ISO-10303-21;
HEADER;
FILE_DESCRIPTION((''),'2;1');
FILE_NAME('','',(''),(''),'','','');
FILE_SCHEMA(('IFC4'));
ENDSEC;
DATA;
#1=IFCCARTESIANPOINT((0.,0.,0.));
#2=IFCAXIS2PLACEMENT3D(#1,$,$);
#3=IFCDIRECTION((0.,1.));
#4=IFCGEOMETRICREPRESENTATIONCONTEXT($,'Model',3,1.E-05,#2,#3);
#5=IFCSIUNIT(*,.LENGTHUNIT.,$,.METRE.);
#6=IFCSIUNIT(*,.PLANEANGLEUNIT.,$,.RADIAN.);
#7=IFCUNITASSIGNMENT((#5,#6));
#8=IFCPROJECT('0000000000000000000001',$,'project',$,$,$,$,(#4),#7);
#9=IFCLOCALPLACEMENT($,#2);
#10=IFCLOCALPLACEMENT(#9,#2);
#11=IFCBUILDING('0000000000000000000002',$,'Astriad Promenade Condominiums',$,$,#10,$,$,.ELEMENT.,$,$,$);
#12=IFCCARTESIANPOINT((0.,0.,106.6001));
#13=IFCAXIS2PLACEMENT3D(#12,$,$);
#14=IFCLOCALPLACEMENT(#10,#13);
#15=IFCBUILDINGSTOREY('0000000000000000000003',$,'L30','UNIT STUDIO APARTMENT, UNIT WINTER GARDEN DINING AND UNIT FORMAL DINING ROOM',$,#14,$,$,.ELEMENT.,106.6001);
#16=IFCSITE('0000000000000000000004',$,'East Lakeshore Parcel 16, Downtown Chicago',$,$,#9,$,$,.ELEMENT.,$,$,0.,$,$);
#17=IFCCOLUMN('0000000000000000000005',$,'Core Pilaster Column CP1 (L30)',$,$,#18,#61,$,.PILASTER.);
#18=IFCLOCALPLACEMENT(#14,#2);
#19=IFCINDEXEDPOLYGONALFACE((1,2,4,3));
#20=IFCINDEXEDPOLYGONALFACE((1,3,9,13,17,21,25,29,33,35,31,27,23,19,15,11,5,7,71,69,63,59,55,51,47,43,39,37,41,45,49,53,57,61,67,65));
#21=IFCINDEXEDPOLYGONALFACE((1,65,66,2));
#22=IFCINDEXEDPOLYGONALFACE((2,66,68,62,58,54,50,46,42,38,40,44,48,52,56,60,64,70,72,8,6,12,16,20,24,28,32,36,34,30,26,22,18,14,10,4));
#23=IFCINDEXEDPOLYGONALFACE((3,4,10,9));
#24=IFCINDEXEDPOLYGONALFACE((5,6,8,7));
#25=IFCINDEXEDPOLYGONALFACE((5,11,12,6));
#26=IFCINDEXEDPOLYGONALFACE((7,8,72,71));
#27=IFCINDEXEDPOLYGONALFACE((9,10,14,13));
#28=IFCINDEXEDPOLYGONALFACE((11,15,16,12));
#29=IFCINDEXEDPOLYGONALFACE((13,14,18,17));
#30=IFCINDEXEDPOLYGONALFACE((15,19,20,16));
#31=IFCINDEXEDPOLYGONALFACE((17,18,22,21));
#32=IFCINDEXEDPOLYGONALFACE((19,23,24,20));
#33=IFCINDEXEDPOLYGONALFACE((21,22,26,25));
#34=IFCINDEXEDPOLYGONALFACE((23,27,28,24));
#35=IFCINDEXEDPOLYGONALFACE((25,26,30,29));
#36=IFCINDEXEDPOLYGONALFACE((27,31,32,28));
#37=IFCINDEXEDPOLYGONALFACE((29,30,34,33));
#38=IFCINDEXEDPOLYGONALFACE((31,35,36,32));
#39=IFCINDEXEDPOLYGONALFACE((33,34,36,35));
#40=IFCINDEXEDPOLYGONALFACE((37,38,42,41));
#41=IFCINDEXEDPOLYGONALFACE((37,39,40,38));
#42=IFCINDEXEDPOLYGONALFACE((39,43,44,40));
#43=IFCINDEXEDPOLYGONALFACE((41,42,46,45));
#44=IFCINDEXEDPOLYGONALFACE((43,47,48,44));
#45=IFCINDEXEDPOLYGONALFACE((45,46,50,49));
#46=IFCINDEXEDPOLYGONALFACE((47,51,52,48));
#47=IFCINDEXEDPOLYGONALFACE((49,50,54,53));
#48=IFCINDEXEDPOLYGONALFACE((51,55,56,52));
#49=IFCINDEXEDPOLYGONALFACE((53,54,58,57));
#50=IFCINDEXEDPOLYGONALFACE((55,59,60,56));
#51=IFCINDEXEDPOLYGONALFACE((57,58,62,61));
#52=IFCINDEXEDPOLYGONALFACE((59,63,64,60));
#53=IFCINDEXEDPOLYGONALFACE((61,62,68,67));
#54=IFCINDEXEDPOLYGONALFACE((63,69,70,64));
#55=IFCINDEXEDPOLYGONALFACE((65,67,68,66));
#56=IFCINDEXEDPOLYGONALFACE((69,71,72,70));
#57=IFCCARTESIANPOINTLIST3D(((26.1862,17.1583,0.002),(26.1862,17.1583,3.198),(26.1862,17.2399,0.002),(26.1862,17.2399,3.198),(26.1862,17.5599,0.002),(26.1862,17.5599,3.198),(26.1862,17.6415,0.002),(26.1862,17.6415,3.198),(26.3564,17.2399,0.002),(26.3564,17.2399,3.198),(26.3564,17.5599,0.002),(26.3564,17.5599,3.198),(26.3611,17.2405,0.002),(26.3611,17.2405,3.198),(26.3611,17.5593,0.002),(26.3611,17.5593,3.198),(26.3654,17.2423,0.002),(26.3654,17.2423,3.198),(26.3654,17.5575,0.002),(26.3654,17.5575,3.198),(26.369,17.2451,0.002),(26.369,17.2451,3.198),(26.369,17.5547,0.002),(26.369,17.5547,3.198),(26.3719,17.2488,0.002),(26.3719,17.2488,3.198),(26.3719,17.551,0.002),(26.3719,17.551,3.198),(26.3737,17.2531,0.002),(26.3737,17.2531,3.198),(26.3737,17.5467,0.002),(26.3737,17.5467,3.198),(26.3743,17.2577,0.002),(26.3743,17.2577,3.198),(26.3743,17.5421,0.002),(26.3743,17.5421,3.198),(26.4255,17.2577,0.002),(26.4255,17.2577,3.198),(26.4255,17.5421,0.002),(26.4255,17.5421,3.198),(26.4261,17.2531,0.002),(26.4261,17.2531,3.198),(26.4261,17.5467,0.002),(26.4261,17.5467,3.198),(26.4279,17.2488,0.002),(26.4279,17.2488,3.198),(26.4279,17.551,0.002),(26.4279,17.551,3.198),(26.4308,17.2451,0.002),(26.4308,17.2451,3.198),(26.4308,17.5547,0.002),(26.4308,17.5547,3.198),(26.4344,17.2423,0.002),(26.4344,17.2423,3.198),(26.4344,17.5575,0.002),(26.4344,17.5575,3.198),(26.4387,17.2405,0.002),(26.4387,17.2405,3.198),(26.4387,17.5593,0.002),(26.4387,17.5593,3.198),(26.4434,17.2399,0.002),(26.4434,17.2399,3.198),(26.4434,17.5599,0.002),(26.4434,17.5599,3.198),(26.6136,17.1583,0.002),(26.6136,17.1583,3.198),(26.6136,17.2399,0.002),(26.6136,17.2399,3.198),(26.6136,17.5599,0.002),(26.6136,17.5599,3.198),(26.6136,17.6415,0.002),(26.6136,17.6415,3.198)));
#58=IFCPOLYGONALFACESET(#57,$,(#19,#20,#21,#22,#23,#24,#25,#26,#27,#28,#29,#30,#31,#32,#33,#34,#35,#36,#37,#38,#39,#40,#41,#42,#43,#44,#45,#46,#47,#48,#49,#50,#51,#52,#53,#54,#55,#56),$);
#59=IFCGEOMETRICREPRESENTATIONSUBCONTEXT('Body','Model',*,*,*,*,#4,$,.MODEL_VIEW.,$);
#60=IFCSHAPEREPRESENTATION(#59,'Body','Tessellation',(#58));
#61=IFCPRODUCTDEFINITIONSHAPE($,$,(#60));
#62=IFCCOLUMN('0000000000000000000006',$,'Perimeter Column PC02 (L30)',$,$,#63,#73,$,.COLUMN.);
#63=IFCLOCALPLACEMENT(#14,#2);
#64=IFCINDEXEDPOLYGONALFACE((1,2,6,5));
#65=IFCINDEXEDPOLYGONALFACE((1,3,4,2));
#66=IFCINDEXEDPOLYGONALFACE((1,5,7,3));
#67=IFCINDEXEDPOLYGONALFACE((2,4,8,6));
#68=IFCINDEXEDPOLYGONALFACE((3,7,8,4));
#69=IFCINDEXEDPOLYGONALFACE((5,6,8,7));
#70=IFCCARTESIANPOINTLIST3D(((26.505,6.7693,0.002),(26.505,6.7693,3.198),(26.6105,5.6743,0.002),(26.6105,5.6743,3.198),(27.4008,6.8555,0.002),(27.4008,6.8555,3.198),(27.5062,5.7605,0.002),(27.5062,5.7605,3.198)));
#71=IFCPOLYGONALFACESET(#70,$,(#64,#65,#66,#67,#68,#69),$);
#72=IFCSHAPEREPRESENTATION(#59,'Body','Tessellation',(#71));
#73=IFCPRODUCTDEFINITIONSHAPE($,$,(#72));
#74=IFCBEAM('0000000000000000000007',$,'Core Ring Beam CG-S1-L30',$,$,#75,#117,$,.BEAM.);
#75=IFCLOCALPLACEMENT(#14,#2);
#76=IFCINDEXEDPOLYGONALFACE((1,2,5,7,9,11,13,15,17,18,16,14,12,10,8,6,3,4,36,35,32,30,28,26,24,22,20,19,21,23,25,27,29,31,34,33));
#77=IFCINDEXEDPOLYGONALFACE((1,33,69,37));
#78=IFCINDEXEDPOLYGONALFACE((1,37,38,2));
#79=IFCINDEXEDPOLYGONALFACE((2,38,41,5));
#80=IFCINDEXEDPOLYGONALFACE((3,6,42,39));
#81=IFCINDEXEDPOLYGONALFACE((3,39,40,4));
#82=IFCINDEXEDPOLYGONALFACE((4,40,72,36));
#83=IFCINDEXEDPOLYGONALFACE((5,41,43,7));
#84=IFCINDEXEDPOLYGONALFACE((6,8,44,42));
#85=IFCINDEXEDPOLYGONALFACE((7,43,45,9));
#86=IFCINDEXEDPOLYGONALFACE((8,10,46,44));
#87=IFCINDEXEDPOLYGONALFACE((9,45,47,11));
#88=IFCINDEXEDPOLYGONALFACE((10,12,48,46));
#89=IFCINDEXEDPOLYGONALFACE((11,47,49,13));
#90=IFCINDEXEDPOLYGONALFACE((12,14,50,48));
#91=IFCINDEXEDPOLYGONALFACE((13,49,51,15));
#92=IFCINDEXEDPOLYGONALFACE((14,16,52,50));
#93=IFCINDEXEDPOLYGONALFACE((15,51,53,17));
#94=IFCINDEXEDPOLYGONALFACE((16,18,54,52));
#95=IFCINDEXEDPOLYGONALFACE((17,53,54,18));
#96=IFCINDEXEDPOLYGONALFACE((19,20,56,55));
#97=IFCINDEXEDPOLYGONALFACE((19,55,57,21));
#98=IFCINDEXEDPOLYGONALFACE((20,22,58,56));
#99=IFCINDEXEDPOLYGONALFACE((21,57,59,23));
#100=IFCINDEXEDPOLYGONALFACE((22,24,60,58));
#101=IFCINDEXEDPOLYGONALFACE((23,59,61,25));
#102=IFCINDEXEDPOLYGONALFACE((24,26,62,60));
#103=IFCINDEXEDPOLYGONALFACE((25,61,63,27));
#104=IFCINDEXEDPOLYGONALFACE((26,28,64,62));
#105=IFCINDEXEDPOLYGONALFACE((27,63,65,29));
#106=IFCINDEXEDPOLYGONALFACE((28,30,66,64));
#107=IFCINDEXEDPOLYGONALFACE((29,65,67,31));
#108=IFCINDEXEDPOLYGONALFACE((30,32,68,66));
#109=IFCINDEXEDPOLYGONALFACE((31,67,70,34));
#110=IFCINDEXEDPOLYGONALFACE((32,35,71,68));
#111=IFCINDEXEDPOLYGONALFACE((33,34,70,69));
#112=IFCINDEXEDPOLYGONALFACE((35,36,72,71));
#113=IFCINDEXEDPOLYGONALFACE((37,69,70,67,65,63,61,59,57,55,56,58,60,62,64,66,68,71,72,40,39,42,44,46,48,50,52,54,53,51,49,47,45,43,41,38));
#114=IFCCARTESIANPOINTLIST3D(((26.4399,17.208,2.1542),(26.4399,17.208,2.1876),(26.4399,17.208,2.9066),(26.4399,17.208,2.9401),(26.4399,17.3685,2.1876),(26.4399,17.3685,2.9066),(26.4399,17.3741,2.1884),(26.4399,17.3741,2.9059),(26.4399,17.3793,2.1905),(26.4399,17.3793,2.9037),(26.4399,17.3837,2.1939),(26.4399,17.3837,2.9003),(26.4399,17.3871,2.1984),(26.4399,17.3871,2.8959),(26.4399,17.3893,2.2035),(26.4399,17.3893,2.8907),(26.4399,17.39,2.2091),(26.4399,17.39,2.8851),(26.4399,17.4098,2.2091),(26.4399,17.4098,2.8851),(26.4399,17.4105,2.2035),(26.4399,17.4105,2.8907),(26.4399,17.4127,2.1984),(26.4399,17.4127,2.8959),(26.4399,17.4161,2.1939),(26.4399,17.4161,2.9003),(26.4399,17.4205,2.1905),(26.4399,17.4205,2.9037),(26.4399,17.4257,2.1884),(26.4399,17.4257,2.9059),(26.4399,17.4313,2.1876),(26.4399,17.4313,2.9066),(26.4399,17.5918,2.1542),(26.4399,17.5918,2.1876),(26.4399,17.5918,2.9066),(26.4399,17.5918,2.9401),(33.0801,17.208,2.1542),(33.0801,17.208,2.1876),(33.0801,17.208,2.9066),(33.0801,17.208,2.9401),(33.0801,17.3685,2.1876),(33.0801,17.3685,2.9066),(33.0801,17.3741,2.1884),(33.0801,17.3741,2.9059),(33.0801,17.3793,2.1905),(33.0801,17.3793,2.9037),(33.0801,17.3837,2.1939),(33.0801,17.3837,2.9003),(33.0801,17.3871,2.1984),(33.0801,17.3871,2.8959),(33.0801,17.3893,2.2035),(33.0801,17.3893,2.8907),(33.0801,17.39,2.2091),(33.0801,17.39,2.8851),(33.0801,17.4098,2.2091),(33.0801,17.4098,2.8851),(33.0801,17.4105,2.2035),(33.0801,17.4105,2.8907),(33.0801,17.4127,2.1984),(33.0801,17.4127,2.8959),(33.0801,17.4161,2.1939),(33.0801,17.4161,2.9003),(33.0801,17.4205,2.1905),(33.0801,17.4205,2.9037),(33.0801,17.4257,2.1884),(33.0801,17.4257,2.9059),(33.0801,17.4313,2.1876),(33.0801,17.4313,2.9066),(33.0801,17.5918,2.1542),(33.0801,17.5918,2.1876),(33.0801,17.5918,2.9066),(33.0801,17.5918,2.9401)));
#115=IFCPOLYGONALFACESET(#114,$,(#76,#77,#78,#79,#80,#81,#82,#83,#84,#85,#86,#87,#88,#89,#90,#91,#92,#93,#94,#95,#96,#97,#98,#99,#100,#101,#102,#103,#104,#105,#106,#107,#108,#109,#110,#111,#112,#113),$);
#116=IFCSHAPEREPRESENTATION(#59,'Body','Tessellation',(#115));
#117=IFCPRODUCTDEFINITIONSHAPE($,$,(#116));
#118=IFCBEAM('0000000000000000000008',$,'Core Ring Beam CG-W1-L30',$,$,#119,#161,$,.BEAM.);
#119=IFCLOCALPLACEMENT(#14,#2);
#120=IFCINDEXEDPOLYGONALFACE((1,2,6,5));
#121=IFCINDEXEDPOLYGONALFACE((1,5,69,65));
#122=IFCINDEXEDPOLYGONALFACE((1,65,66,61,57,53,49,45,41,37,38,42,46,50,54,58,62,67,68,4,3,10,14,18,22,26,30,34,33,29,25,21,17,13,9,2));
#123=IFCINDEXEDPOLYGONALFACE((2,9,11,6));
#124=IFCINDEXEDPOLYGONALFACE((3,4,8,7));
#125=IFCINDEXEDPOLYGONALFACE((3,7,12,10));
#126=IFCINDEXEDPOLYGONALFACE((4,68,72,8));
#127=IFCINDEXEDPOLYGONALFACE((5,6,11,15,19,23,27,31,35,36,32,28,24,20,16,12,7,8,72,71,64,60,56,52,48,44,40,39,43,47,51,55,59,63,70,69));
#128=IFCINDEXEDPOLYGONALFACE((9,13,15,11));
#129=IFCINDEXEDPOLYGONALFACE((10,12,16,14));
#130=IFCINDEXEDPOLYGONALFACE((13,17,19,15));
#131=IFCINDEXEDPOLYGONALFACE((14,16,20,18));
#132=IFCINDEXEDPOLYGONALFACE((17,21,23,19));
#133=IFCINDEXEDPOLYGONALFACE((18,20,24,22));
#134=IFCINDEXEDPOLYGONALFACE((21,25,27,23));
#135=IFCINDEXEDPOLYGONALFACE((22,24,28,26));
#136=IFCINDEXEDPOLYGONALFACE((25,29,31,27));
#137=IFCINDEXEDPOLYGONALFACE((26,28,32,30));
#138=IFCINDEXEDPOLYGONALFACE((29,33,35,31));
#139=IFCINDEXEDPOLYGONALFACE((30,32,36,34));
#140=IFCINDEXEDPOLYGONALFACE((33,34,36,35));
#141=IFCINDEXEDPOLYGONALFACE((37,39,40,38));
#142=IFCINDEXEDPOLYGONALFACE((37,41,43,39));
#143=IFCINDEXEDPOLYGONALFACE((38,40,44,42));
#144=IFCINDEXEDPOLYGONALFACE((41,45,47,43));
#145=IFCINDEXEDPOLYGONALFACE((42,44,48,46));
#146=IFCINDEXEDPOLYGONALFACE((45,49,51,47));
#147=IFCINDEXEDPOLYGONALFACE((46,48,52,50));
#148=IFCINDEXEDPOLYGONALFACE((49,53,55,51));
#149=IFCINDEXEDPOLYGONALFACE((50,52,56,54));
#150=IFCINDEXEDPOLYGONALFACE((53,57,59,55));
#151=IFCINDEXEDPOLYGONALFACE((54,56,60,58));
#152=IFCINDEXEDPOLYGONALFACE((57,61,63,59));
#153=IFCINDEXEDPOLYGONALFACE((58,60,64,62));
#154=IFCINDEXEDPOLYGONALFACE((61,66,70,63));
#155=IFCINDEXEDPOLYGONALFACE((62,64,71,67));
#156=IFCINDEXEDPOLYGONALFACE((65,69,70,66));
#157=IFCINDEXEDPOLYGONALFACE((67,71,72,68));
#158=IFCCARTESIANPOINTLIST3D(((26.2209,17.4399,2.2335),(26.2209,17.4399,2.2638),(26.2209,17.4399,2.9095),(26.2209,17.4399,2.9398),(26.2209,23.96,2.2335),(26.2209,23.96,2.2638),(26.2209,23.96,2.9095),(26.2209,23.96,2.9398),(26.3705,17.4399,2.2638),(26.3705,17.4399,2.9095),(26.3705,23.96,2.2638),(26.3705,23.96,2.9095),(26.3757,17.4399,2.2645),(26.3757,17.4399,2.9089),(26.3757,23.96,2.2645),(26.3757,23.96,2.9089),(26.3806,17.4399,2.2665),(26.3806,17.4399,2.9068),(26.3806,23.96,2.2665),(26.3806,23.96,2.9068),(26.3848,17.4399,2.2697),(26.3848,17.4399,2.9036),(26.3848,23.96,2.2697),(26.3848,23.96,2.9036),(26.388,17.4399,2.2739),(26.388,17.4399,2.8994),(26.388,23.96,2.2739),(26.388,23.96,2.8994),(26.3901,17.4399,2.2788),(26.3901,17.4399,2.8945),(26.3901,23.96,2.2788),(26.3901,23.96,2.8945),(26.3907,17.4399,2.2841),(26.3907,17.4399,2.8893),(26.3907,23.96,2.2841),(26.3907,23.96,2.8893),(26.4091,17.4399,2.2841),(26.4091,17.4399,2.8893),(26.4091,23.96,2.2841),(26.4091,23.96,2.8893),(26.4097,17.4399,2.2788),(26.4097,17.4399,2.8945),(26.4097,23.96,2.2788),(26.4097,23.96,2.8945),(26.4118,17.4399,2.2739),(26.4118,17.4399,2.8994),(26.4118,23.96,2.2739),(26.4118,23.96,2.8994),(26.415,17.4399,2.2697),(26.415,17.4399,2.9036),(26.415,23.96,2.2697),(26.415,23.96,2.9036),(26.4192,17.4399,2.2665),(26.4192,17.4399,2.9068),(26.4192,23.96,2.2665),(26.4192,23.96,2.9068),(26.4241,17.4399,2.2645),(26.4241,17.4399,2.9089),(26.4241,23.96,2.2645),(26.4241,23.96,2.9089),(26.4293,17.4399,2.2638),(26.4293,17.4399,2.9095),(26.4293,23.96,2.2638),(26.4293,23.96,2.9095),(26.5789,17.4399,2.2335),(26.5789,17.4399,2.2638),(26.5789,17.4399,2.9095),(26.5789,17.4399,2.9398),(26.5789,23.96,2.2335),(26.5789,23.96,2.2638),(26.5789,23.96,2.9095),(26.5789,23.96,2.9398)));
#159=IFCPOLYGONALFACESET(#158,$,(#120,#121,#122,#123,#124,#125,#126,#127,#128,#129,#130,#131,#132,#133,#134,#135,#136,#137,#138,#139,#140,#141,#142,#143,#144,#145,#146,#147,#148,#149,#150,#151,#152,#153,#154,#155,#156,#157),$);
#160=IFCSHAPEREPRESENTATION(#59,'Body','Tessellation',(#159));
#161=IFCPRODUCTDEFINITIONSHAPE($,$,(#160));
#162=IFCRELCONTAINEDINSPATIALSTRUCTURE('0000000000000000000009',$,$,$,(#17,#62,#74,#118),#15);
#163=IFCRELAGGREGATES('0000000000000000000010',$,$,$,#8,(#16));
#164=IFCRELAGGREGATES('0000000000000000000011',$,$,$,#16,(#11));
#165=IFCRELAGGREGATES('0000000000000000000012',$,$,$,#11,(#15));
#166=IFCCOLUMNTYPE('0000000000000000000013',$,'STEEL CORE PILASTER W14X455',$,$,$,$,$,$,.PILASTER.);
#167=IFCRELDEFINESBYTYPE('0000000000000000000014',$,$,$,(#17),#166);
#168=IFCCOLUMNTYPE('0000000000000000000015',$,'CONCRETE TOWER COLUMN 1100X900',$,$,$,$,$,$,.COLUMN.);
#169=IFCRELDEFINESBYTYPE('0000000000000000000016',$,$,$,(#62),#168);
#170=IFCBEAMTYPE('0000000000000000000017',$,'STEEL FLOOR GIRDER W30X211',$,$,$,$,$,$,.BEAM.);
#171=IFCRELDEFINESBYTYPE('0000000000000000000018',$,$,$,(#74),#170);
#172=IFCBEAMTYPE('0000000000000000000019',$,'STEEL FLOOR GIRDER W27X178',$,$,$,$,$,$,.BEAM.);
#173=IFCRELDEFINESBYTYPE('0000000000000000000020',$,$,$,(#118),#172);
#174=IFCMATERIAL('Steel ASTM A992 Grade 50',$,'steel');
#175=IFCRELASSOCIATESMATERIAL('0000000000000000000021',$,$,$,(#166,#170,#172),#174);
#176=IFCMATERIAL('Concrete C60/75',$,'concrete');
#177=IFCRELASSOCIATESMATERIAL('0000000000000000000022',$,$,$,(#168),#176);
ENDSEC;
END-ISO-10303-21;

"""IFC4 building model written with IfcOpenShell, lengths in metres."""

from ifc_helpers import new_model, si_unit, direction, frame, origin, origin_2d, place, context, subcontext, project, spatial, rectangle, i_section, extrude, source, transform, mapped, material, material_profile, profile_set, type_object, type_shapes, element, save


model = new_model("IFC4")

# Units and contexts
model_context = context("Model", 3, precision=1e-05, world=origin(), true_north=direction((0.0, 1.0)))
body_context = subcontext(model_context, "Body", "Model", "MODEL_VIEW")
ifc_project = project(units=[si_unit("LENGTHUNIT", "METRE"), si_unit("PLANEANGLEUNIT", "RADIAN")], contexts=[model_context])

# Site, building, storey
site_placement = place(None, origin())
site = spatial("IfcSite", under=ifc_project, at=site_placement, Name="East Lakeshore Parcel 16, Downtown Chicago", CompositionType="ELEMENT", RefElevation=0.0)
building_placement = place(site_placement, origin())
building = spatial("IfcBuilding", under=site, at=building_placement, Name="Astriad Promenade Condominiums", CompositionType="ELEMENT")
storey_placement = place(building_placement, frame((0.0, 0.0, 106.6001)))
storey = spatial("IfcBuildingStorey", under=building, at=storey_placement, Name="L30", Description="UNIT STUDIO APARTMENT, UNIT WINTER GARDEN DINING AND UNIT FORMAL DINING ROOM", CompositionType="ELEMENT", Elevation=106.6001)

# Columns
ifc_material_1 = material(Name="Steel ASTM A992 Grade 50", Category="steel")
ifc_material_profile_1 = material_profile(ifc_material_1, i_section(OverallWidth=0.4275, OverallDepth=0.4832, WebThickness=0.0513, FlangeThickness=0.0815, FilletRadius=0.0178, at=origin_2d()), Name="W14X455")
ifc_profile_set_1 = profile_set([ifc_material_profile_1], Name="Steel ASTM A992 Grade 50")
column_type_1 = type_object("IfcColumnType", Name="STEEL CORE PILASTER W14X455", PredefinedType="PILASTER", material=ifc_profile_set_1)
shared_shape_1 = source(origin(), body_context, "Body", "SweptSolid", [
    extrude(i_section(OverallWidth=0.4275, OverallDepth=0.4832, WebThickness=0.0513, FlangeThickness=0.0815, FilletRadius=0.0178, at=origin_2d()), origin(), (0.0, 0.0, 1.0), 3.196),
])
type_shapes(column_type_1, [shared_shape_1])
column_1_placement = place(storey_placement, frame((26.3999, 17.3999, 0.002), z_axis=(0.0, 0.0, 1.0), x_axis=(1.0, 0.0, 0.0)))
element("IfcColumn", 1, at=column_1_placement, inside=storey, type_object=column_type_1, Name="Core Pilaster Column CP1 (L30)", PredefinedType="PILASTER", context=body_context, shape_type="MappedRepresentation", body=[
    mapped(shared_shape_1, transform((0.0, 0.0, 0.0), scale=1.0)),
])
ifc_material_2 = material(Name="Concrete C60/75", Category="concrete")
ifc_material_profile_2 = material_profile(ifc_material_2, rectangle(XDim=0.8999, YDim=1.1001, at=origin_2d()), Name="RC-COL-1100X900")
ifc_profile_set_2 = profile_set([ifc_material_profile_2], Name="Concrete C60/75")
column_type_2 = type_object("IfcColumnType", Name="CONCRETE TOWER COLUMN 1100X900", PredefinedType="COLUMN", material=ifc_profile_set_2)
shared_shape_2 = source(origin(), body_context, "Body", "SweptSolid", [
    extrude(rectangle(XDim=0.8999, YDim=1.1001, at=origin_2d()), origin(), (0.0, 0.0, 1.0), 3.196),
])
type_shapes(column_type_2, [shared_shape_2])
column_2_placement = place(storey_placement, frame((27.0056, 6.2649, 0.002), z_axis=(0.0, 0.0, 1.0), x_axis=(0.995396, 0.095846, 0.0)))
element("IfcColumn", 2, at=column_2_placement, inside=storey, type_object=column_type_2, Name="Perimeter Column PC02 (L30)", PredefinedType="COLUMN", context=body_context, shape_type="MappedRepresentation", body=[
    mapped(shared_shape_2, transform((0.0, 0.0, 0.0), scale=1.0)),
])

# Beams
ifc_material_profile_3 = material_profile(ifc_material_1, i_section(OverallWidth=0.3838, OverallDepth=0.7859, WebThickness=0.0198, FlangeThickness=0.0334, FilletRadius=0.0215, at=origin_2d()), Name="W30X211")
ifc_profile_set_3 = profile_set([ifc_material_profile_3], Name="Steel ASTM A992 Grade 50")
beam_type_1 = type_object("IfcBeamType", Name="STEEL FLOOR GIRDER W30X211", PredefinedType="BEAM", material=ifc_profile_set_3)
shared_shape_3 = source(origin(), body_context, "Body", "SweptSolid", [
    extrude(i_section(OverallWidth=0.3838, OverallDepth=0.7859, WebThickness=0.0198, FlangeThickness=0.0334, FilletRadius=0.0215, at=origin_2d()), origin(), (0.0, 0.0, 1.0), 6.6401),
])
type_shapes(beam_type_1, [shared_shape_3])
beam_1_placement = place(storey_placement, frame((26.4399, 17.3999, 2.5471), z_axis=(1.0, 0.0, 0.0), x_axis=(0.0, 1.0, 0.0)))
element("IfcBeam", 3, at=beam_1_placement, inside=storey, type_object=beam_type_1, Name="Core Ring Beam CG-S1-L30", PredefinedType="BEAM", context=body_context, shape_type="MappedRepresentation", body=[
    mapped(shared_shape_3, transform((0.0, 0.0, 0.0), scale=1.0)),
])
ifc_material_profile_4 = material_profile(ifc_material_1, i_section(OverallWidth=0.3579, OverallDepth=0.7063, WebThickness=0.0183, FlangeThickness=0.0303, FilletRadius=0.0203, at=origin_2d()), Name="W27X178")
ifc_profile_set_4 = profile_set([ifc_material_profile_4], Name="Steel ASTM A992 Grade 50")
beam_type_2 = type_object("IfcBeamType", Name="STEEL FLOOR GIRDER W27X178", PredefinedType="BEAM", material=ifc_profile_set_4)
shared_shape_4 = source(origin(), body_context, "Body", "SweptSolid", [
    extrude(i_section(OverallWidth=0.3579, OverallDepth=0.7063, WebThickness=0.0183, FlangeThickness=0.0303, FilletRadius=0.0203, at=origin_2d()), origin(), (0.0, 0.0, 1.0), 6.52),
])
beam_2_placement = place(storey_placement, frame((26.3999, 17.4399, 2.5867), z_axis=(0.0, 1.0, 0.0), x_axis=(-1.0, 0.0, 0.0)))
element("IfcBeam", 4, at=beam_2_placement, inside=storey, type_object=beam_type_2, Name="Core Ring Beam CG-W1-L30", PredefinedType="BEAM", context=body_context, shape_type="MappedRepresentation", body=[
    mapped(shared_shape_4, transform((0.0, 0.0, 0.0), scale=1.0)),
])

save(model, "model.ifc")
